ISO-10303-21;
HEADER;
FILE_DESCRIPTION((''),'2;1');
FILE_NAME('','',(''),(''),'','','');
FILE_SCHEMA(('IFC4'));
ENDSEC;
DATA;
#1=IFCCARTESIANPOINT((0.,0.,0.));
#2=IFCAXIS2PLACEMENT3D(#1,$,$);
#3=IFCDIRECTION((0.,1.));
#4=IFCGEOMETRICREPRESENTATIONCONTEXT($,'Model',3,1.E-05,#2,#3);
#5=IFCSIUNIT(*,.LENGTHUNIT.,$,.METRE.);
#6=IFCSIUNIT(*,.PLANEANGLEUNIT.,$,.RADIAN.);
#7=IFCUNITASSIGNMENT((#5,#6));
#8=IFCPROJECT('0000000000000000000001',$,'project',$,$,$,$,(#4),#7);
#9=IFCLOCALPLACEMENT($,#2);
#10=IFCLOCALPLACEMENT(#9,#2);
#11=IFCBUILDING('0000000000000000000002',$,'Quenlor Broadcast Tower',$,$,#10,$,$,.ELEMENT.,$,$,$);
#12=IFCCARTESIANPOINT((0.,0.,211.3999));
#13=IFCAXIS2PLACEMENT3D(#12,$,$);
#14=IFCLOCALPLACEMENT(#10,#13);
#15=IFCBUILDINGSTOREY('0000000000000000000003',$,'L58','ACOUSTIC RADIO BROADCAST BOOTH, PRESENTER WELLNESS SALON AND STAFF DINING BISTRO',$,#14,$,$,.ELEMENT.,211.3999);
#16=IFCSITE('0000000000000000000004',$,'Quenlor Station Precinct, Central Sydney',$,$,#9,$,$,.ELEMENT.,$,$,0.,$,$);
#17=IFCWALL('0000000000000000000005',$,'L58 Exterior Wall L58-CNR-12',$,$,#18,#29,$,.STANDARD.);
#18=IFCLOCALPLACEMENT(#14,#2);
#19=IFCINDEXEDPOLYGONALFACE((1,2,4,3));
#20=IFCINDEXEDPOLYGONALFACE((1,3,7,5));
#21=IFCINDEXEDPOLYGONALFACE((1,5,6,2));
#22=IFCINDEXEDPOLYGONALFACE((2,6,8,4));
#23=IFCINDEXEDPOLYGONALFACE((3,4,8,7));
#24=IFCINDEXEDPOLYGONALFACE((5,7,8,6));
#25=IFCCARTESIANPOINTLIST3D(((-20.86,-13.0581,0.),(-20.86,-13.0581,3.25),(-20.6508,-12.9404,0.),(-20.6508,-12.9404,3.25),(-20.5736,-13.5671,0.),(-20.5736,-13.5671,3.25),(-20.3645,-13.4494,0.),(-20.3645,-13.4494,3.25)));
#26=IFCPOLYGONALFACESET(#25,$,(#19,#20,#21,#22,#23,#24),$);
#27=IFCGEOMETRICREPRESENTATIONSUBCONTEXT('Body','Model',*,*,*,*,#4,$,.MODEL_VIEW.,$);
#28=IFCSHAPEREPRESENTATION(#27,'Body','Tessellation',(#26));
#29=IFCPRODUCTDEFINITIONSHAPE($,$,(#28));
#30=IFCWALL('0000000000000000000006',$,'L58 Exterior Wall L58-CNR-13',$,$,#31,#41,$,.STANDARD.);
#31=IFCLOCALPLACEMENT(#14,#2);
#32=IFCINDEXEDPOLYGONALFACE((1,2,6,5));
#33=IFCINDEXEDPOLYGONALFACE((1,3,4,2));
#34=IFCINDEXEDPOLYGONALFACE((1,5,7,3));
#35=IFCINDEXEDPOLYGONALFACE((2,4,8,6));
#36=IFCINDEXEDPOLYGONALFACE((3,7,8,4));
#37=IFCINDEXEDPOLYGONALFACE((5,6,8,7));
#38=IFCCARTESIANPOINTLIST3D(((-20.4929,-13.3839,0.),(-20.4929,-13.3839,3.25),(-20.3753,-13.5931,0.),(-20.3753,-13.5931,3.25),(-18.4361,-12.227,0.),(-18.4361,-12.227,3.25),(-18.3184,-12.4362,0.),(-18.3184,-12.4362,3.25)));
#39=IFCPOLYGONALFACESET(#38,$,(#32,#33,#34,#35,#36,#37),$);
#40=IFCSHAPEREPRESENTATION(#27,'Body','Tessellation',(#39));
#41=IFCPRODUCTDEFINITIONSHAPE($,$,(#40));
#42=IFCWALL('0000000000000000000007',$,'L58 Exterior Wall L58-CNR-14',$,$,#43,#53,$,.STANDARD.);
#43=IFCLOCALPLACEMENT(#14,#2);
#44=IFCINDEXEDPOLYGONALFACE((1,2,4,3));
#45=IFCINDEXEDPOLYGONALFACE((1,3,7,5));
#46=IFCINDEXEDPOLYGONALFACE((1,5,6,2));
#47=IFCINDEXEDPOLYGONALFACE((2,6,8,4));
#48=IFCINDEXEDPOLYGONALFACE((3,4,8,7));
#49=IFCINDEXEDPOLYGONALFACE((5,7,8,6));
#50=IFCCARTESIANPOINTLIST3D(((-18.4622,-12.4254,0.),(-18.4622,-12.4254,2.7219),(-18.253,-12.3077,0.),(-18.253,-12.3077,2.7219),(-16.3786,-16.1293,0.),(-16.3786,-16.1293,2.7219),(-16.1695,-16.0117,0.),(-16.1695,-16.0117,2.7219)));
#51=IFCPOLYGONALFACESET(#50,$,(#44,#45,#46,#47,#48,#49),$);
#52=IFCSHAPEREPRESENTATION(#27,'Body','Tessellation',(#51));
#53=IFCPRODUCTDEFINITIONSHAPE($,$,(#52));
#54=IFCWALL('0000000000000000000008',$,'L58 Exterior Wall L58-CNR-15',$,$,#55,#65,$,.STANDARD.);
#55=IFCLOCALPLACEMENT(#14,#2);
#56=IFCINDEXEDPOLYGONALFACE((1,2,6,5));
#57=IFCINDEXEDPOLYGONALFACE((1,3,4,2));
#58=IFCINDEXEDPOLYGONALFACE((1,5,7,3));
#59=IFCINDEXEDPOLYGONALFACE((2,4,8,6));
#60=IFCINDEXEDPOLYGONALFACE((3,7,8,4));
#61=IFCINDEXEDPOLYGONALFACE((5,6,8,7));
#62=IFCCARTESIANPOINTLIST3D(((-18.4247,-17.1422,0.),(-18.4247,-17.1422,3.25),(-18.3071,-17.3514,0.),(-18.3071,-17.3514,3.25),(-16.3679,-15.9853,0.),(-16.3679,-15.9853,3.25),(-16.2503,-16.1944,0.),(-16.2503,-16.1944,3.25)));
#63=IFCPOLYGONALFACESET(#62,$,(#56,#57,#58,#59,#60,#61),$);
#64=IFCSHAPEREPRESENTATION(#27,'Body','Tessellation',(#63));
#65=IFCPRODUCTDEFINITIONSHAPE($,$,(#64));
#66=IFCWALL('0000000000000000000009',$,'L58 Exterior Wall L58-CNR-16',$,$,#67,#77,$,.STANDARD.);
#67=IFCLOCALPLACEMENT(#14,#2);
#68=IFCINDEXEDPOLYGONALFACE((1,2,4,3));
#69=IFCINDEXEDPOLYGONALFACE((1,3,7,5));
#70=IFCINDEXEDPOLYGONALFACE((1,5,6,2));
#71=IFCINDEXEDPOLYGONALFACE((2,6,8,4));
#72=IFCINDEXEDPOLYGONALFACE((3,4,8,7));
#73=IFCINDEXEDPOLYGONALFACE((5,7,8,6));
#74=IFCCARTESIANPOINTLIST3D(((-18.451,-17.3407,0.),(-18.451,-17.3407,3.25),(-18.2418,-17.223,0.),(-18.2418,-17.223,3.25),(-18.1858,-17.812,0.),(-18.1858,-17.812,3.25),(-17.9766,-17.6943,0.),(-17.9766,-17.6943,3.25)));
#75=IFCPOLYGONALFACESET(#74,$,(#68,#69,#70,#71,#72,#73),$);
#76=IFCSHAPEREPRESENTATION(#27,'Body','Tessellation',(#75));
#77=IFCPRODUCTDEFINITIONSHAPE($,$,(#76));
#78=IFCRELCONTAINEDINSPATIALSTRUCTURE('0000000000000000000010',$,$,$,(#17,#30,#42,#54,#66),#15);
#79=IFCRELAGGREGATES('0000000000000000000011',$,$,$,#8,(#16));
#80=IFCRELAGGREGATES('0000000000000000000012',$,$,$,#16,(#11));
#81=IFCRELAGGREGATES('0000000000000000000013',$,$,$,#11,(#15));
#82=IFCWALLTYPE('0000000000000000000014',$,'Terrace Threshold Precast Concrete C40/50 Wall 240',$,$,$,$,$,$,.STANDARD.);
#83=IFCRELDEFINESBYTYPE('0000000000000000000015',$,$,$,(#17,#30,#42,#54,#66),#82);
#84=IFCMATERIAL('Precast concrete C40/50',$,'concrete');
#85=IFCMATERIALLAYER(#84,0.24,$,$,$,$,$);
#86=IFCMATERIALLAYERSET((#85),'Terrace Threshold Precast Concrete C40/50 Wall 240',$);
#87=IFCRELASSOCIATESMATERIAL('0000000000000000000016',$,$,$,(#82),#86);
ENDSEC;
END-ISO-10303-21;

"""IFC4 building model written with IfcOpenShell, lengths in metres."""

from ifc_helpers import new_model, si_unit, direction, frame, frame_2d, origin, place, context, subcontext, project, spatial, rectangle, extrude, material, layer, layer_set, type_object, element, save


model = new_model("IFC4")

# Units and contexts
model_context = context("Model", 3, precision=1e-05, world=origin(), true_north=direction((0.0, 1.0)))
body_context = subcontext(model_context, "Body", "Model", "MODEL_VIEW")
ifc_project = project(units=[si_unit("LENGTHUNIT", "METRE"), si_unit("PLANEANGLEUNIT", "RADIAN")], contexts=[model_context])

# Site, building, storey
site_placement = place(None, origin())
site = spatial("IfcSite", under=ifc_project, at=site_placement, Name="Quenlor Station Precinct, Central Sydney", CompositionType="ELEMENT", RefElevation=0.0)
building_placement = place(site_placement, origin())
building = spatial("IfcBuilding", under=site, at=building_placement, Name="Quenlor Broadcast Tower", CompositionType="ELEMENT")
storey_placement = place(building_placement, frame((0.0, 0.0, 211.3999)))
storey = spatial("IfcBuildingStorey", under=building, at=storey_placement, Name="L58", Description="ACOUSTIC RADIO BROADCAST BOOTH, PRESENTER WELLNESS SALON AND STAFF DINING BISTRO", CompositionType="ELEMENT", Elevation=211.3999)

# Walls
ifc_material_1 = material(Name="Precast concrete C40/50", Category="concrete")
ifc_layer_1 = layer(ifc_material_1, 0.24)
ifc_layer_set_1 = layer_set([ifc_layer_1], Name="Terrace Threshold Precast Concrete C40/50 Wall 240")
wall_type_1 = type_object("IfcWallType", Name="Terrace Threshold Precast Concrete C40/50 Wall 240", PredefinedType="STANDARD", material=ifc_layer_set_1)
wall_1_placement = place(storey_placement, frame((-20.7554, -12.9993, 0.0), z_axis=(0.0, 0.0, 1.0), x_axis=(0.490321, -0.871542, 0.0)))
element("IfcWall", 1, at=wall_1_placement, inside=storey, type_object=wall_type_1, Name="L58 Exterior Wall L58-CNR-12", PredefinedType="STANDARD", context=body_context, shape_type="SweptSolid", body=[
    extrude(rectangle(XDim=0.584, YDim=0.24, at=frame_2d((0.292, 0.0))), origin(), (0.0, 0.0, 1.0), 3.25),
])
wall_2_placement = place(storey_placement, frame((-20.4341, -13.4885, 0.0), z_axis=(0.0, 0.0, 1.0), x_axis=(0.871578, 0.490256, 0.0)))
element("IfcWall", 2, at=wall_2_placement, inside=storey, type_object=wall_type_1, Name="L58 Exterior Wall L58-CNR-13", PredefinedType="STANDARD", context=body_context, shape_type="SweptSolid", body=[
    extrude(rectangle(XDim=2.3599, YDim=0.24, at=frame_2d((1.1799, 0.0))), origin(), (0.0, 0.0, 1.0), 3.25),
])
wall_3_placement = place(storey_placement, frame((-18.3577, -12.3665, 0.0), z_axis=(0.0, 0.0, 1.0), x_axis=(0.490275, -0.871568, 0.0)))
element("IfcWall", 3, at=wall_3_placement, inside=storey, type_object=wall_type_1, Name="L58 Exterior Wall L58-CNR-14", PredefinedType="STANDARD", context=body_context, shape_type="SweptSolid", body=[
    extrude(rectangle(XDim=4.2498, YDim=0.24, at=frame_2d((2.125, 0.0))), origin(), (0.0, 0.0, 1.0), 2.7219),
])
wall_4_placement = place(storey_placement, frame((-16.3091, -16.0898, 0.0), z_axis=(0.0, 0.0, 1.0), x_axis=(-0.871578, -0.490256, 0.0)))
element("IfcWall", 4, at=wall_4_placement, inside=storey, type_object=wall_type_1, Name="L58 Exterior Wall L58-CNR-15", PredefinedType="STANDARD", context=body_context, shape_type="SweptSolid", body=[
    extrude(rectangle(XDim=2.3599, YDim=0.24, at=frame_2d((1.1799, 0.0))), origin(), (0.0, 0.0, 1.0), 3.25),
])
wall_5_placement = place(storey_placement, frame((-18.3464, -17.2817, 0.0), z_axis=(0.0, 0.0, 1.0), x_axis=(0.49039, -0.871503, 0.0)))
element("IfcWall", 5, at=wall_5_placement, inside=storey, type_object=wall_type_1, Name="L58 Exterior Wall L58-CNR-16", PredefinedType="STANDARD", context=body_context, shape_type="SweptSolid", body=[
    extrude(rectangle(XDim=0.5408, YDim=0.24, at=frame_2d((0.2705, 0.0))), origin(), (0.0, 0.0, 1.0), 3.25),
])

save(model, "model.ifc")
